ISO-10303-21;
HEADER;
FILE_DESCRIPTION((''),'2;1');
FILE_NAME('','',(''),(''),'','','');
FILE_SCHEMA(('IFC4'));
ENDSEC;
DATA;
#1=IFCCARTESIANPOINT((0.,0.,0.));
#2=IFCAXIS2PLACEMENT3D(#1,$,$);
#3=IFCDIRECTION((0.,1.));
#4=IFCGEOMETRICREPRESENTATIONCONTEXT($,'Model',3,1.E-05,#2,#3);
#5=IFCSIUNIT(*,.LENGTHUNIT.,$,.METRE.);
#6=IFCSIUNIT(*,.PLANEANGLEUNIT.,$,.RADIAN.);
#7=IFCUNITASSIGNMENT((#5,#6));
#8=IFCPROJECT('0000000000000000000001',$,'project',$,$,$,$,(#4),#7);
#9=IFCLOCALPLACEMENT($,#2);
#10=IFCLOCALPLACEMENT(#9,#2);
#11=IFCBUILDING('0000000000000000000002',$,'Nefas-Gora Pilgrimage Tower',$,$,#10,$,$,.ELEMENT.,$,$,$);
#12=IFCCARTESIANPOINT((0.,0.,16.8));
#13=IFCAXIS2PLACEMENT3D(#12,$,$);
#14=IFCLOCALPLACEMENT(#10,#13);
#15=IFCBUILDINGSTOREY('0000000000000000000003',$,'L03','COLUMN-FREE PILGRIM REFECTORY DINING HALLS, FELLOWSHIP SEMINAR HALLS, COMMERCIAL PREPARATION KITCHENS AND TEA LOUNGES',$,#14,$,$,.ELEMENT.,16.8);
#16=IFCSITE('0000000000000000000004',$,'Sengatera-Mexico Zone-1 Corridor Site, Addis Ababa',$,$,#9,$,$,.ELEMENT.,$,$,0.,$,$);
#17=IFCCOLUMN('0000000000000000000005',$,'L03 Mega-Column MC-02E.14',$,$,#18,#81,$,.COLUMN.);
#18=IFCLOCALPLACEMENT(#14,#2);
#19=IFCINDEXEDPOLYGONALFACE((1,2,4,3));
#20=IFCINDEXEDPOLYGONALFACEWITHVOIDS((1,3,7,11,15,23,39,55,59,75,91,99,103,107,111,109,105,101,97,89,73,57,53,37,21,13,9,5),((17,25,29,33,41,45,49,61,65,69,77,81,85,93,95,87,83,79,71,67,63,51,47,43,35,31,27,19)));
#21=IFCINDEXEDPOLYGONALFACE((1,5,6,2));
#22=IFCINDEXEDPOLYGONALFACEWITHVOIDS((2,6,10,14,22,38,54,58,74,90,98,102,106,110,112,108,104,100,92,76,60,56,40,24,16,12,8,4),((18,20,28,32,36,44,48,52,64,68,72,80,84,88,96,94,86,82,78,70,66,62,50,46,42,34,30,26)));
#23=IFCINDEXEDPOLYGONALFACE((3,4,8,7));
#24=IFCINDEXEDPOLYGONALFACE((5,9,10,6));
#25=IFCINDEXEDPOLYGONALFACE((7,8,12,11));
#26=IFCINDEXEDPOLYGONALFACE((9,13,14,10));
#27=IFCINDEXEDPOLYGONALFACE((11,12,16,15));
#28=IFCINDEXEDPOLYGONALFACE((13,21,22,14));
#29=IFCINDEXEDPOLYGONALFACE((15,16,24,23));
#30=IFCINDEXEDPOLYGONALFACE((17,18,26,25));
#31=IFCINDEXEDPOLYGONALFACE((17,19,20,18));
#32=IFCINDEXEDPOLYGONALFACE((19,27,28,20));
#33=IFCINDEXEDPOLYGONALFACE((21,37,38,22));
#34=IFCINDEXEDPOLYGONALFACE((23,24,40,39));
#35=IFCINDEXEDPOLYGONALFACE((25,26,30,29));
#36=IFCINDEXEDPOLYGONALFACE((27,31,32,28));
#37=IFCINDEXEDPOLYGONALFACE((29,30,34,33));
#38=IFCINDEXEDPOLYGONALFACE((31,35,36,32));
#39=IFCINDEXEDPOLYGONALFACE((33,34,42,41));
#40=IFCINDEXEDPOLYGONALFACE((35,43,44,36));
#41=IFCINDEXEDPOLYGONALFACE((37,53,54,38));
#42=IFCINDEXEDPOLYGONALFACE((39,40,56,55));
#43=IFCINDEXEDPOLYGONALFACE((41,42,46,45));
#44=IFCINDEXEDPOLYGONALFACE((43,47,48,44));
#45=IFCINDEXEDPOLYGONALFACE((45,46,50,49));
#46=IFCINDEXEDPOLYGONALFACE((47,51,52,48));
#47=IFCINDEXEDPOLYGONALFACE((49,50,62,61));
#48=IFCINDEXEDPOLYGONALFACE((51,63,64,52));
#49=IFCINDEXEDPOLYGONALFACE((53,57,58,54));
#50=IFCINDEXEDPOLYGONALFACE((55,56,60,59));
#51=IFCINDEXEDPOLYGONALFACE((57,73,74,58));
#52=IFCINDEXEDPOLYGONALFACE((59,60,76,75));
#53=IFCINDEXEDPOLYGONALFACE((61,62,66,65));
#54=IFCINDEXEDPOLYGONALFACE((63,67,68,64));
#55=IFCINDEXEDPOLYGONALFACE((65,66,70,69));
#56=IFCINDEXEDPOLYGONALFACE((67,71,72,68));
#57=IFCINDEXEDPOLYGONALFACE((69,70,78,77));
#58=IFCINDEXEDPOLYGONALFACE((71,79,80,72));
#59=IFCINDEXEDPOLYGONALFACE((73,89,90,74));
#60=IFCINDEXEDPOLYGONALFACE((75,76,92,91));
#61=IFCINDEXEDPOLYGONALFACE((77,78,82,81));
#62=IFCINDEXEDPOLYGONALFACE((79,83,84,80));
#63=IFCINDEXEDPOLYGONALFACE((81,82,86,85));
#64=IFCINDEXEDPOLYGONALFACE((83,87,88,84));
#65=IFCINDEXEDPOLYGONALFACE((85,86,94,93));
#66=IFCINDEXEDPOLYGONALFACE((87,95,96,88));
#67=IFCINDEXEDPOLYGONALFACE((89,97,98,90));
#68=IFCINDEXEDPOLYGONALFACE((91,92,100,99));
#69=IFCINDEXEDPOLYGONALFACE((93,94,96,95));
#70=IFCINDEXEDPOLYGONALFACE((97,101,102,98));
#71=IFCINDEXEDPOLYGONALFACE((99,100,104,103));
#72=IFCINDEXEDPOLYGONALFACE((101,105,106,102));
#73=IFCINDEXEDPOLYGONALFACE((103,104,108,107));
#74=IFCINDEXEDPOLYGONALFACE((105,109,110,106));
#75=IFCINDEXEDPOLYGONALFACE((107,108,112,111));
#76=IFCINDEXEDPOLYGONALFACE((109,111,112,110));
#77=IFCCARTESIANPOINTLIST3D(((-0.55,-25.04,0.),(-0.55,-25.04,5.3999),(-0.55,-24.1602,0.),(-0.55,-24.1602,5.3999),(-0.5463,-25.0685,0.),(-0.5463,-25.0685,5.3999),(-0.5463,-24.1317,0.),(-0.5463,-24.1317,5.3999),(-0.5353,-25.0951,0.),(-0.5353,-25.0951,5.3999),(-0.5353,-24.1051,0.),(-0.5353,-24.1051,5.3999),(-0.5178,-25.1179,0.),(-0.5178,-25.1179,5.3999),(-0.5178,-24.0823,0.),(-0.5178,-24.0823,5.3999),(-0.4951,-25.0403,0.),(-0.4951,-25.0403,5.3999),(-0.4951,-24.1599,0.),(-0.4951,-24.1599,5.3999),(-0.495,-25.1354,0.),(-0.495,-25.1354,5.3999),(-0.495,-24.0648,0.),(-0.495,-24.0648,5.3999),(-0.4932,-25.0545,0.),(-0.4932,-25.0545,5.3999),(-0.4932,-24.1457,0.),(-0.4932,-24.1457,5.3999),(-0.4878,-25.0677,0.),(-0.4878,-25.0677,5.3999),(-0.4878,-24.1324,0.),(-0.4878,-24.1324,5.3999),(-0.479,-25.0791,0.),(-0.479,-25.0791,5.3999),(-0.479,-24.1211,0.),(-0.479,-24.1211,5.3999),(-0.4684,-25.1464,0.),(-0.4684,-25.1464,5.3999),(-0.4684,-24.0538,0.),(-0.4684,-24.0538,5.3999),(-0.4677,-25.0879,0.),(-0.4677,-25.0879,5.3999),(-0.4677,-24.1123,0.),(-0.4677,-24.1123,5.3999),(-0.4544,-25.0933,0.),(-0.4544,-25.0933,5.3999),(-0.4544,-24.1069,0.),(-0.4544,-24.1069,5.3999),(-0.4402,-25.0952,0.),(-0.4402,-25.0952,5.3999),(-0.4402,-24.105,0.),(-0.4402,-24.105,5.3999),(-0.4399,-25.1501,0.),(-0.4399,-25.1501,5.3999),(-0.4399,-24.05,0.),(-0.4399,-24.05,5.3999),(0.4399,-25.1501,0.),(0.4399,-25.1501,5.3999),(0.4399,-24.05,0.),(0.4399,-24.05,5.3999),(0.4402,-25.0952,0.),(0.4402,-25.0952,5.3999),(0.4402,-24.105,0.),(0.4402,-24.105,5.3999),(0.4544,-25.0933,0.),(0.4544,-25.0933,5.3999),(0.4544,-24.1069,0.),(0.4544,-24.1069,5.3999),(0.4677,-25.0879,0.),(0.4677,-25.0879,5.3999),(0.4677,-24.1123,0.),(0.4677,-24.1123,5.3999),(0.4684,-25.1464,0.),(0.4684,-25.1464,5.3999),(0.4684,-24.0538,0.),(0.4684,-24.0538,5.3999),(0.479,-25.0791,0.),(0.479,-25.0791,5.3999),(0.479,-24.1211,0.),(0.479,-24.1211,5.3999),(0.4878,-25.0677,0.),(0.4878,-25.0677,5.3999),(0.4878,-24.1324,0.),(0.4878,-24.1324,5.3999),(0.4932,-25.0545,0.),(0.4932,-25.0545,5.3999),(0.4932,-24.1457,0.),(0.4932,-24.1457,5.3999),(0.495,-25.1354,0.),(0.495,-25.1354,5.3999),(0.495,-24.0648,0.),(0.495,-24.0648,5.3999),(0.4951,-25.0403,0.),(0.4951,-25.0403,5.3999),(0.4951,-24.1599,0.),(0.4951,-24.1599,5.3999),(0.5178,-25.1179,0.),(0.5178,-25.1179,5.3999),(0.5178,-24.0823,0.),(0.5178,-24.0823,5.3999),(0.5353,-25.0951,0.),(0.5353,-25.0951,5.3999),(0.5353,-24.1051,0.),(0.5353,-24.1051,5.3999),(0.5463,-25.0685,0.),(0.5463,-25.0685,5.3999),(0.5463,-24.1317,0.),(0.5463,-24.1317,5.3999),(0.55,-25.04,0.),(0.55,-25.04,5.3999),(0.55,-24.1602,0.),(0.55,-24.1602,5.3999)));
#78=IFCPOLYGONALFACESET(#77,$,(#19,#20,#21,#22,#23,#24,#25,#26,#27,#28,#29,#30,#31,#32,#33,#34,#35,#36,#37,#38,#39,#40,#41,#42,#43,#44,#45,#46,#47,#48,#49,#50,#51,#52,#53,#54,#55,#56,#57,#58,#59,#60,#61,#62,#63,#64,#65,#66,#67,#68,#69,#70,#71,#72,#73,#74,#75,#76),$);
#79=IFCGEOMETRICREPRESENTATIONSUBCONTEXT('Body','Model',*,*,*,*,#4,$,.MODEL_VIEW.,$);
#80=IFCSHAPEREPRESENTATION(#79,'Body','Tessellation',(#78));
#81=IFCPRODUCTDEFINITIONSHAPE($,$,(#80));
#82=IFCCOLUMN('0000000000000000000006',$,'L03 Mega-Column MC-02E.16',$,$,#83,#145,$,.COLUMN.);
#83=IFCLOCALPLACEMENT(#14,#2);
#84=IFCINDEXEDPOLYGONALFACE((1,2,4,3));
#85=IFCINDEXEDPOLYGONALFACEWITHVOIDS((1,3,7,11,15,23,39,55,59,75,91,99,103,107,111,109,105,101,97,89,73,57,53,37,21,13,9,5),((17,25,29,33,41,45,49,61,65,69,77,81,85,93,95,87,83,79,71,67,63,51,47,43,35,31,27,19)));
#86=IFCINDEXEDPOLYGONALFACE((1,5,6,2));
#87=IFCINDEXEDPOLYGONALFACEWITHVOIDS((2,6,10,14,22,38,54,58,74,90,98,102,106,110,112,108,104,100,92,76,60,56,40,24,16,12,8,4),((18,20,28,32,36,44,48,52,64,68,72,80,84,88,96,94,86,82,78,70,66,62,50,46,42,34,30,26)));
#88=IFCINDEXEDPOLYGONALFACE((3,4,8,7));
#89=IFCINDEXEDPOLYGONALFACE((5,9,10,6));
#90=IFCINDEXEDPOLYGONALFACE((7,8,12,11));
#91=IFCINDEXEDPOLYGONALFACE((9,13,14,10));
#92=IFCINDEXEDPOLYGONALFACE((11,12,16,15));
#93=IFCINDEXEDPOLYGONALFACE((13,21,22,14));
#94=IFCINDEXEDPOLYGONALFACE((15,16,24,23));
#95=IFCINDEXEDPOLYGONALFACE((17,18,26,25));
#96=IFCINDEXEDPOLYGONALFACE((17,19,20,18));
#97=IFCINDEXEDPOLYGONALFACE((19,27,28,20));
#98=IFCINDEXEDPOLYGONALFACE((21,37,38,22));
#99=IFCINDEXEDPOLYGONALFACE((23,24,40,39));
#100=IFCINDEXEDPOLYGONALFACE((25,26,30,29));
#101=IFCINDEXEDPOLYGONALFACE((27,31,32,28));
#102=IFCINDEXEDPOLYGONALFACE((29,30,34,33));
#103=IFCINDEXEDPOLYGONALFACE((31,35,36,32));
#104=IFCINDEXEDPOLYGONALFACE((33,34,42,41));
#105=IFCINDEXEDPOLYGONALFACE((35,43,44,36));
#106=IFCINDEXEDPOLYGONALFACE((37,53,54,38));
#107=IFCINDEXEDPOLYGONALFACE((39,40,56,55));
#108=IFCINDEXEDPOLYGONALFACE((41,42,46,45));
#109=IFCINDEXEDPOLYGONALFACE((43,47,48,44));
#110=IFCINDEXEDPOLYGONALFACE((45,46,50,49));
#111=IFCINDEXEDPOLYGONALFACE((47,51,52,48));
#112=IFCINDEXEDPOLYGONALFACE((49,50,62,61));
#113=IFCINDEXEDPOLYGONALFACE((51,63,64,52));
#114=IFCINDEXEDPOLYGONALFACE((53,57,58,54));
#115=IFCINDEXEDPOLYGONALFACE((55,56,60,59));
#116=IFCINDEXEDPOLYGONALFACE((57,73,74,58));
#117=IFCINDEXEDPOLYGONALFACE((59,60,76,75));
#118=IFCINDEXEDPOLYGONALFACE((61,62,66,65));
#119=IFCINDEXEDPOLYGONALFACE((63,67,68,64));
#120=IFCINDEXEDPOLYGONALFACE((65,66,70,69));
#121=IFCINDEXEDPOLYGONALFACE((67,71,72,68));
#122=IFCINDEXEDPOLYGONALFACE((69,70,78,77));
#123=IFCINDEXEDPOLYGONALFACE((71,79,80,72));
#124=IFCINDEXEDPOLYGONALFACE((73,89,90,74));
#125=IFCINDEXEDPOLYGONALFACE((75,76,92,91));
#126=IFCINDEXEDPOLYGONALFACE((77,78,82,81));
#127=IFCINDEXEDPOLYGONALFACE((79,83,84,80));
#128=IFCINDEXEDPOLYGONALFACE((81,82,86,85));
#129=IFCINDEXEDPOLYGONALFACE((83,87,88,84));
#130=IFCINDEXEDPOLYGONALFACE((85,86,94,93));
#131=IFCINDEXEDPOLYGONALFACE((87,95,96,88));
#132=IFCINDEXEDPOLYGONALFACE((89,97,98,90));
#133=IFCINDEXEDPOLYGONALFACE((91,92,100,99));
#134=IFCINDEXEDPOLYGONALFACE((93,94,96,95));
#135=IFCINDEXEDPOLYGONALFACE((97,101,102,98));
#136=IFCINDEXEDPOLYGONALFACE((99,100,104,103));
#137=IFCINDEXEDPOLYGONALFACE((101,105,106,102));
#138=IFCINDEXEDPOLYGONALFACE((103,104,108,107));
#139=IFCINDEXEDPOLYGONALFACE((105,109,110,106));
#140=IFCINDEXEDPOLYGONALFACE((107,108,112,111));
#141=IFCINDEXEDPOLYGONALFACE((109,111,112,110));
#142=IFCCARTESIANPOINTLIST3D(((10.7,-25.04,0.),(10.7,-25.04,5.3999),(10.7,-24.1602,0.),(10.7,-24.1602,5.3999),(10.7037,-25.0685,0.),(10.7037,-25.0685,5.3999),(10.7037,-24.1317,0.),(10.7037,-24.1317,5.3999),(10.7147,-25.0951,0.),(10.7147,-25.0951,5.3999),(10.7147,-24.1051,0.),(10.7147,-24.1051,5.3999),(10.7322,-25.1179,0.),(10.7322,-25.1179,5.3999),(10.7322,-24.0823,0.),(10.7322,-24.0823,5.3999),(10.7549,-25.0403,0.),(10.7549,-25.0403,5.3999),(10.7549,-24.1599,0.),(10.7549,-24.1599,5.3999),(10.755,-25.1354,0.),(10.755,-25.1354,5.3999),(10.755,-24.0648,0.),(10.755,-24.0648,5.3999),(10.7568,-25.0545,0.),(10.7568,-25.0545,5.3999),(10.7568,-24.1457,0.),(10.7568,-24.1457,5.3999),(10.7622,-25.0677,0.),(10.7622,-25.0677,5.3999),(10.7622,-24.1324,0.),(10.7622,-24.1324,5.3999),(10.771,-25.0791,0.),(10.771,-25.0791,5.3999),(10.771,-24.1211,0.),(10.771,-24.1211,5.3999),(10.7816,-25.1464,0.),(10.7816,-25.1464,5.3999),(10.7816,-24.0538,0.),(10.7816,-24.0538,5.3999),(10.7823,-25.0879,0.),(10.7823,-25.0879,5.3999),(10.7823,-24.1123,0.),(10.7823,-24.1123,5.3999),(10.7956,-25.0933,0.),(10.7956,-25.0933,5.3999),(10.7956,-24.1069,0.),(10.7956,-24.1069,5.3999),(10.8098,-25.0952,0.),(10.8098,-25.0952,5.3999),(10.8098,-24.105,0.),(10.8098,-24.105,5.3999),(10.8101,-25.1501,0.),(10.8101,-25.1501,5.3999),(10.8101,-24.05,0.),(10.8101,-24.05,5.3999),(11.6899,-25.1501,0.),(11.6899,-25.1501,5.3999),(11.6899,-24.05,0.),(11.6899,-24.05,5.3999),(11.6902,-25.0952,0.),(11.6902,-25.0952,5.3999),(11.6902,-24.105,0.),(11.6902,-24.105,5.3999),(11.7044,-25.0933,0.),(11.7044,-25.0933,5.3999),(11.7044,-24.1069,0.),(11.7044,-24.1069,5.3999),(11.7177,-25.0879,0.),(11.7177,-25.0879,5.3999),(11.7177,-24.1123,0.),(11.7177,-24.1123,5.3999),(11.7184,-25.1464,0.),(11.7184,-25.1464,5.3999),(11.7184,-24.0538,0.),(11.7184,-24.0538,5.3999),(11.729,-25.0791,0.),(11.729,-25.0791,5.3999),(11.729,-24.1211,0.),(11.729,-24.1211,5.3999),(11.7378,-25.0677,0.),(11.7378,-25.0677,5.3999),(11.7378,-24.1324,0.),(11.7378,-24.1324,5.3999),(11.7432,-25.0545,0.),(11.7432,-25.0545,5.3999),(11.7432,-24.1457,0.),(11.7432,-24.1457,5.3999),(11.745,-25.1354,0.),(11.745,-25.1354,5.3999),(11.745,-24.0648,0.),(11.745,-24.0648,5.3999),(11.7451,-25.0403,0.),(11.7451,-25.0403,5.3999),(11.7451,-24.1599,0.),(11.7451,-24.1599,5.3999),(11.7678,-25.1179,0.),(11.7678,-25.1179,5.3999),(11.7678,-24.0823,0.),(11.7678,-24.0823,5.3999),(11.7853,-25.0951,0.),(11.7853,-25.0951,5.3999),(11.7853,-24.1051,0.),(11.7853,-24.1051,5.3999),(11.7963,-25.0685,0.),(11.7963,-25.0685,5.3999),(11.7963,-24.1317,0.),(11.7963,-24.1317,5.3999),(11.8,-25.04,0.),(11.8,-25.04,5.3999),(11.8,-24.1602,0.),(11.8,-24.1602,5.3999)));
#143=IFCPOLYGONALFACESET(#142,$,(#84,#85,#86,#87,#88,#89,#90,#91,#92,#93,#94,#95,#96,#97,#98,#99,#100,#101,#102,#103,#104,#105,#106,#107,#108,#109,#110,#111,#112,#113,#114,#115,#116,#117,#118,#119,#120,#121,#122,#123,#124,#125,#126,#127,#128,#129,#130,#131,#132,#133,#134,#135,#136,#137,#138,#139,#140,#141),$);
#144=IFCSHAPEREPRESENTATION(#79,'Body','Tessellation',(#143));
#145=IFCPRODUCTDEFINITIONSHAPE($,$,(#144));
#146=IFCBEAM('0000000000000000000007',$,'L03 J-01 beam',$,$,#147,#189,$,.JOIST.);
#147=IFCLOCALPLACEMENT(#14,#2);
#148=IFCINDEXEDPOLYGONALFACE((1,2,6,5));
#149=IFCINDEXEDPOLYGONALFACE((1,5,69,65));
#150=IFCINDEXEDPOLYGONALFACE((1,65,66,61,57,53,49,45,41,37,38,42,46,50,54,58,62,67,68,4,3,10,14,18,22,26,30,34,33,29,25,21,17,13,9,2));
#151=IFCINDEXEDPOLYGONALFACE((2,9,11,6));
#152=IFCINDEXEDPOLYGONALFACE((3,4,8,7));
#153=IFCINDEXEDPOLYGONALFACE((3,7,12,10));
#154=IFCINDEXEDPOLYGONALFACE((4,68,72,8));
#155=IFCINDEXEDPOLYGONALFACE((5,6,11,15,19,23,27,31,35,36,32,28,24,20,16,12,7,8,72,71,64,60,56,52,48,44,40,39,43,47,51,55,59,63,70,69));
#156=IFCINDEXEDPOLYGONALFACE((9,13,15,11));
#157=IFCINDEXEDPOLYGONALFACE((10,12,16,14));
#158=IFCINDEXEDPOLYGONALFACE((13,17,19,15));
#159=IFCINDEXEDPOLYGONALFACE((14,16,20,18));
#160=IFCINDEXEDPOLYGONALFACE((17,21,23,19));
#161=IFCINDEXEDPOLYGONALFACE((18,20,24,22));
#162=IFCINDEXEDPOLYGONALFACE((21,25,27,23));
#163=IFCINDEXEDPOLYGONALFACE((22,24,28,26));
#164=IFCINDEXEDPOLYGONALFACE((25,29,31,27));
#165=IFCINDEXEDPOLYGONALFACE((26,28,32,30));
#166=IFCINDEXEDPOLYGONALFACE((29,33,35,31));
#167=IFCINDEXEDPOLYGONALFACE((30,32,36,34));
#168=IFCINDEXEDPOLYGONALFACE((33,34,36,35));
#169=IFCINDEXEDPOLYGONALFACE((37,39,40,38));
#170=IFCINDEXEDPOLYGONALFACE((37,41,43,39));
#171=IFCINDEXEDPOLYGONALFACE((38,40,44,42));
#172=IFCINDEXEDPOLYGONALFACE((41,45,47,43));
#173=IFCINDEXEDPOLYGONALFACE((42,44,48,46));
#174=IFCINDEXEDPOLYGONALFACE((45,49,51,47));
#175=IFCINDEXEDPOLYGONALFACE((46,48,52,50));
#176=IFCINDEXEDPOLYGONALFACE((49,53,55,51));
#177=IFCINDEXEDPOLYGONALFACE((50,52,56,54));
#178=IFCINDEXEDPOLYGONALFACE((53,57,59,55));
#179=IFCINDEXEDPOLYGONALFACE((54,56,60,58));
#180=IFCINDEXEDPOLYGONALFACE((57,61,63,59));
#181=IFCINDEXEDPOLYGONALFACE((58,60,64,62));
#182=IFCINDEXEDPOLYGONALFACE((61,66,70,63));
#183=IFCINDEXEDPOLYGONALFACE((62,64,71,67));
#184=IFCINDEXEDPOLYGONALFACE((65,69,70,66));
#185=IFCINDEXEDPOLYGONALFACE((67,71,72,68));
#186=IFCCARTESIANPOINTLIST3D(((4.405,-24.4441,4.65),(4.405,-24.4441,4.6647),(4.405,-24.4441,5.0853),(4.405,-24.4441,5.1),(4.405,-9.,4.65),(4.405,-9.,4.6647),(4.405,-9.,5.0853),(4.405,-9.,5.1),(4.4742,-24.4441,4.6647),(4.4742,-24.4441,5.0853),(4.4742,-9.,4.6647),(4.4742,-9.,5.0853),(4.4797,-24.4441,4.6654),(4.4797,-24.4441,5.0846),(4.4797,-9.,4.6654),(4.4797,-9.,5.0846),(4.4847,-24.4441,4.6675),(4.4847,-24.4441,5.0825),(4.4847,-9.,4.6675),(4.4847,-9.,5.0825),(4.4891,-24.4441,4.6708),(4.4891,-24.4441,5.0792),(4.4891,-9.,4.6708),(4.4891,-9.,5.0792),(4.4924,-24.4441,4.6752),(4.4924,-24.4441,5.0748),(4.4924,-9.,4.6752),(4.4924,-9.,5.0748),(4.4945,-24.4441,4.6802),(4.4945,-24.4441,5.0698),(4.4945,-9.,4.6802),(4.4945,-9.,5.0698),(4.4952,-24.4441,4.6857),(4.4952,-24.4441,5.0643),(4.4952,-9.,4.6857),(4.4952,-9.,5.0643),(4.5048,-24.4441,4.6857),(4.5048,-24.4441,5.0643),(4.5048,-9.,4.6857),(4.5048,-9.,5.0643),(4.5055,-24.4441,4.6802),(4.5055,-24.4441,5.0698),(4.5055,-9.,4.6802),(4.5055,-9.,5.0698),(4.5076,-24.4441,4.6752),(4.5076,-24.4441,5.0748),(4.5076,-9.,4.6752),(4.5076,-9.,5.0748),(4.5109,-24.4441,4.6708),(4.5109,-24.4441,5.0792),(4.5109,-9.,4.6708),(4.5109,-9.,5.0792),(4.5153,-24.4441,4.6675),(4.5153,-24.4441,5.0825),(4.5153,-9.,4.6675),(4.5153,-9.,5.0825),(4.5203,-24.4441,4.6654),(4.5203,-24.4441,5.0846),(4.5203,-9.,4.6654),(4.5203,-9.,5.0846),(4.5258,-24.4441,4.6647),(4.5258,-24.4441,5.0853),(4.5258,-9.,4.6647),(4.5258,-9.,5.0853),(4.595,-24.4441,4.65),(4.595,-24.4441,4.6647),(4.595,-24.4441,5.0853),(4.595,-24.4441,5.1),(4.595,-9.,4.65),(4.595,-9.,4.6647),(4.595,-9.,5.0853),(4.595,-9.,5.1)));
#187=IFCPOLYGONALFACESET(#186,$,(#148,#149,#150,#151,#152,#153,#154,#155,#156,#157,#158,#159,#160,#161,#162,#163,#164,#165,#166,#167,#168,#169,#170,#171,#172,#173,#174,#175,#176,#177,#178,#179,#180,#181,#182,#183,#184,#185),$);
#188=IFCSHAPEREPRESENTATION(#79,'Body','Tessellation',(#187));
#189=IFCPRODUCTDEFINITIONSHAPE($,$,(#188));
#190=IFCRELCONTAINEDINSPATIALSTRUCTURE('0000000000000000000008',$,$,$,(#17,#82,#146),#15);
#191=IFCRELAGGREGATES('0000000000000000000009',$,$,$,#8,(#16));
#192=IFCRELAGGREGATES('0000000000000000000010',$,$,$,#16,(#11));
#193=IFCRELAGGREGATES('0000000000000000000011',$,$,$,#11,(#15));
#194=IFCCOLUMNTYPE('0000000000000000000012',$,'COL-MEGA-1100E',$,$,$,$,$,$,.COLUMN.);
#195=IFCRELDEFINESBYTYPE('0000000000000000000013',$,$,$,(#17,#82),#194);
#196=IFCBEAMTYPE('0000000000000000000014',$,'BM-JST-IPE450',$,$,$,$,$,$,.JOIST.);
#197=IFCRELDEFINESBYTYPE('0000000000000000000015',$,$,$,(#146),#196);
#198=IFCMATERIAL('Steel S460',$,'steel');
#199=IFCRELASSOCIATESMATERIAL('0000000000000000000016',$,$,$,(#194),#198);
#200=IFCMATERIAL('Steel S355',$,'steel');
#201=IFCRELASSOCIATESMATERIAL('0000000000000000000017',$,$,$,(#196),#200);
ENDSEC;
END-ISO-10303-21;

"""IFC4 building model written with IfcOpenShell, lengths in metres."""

from ifc_helpers import new_model, si_unit, direction, frame, origin, origin_2d, place, context, subcontext, project, spatial, hollow_rectangle, i_section, extrude, source, transform, mapped, material, material_profile, profile_set, type_object, element, save


model = new_model("IFC4")

# Units and contexts
model_context = context("Model", 3, precision=1e-05, world=origin(), true_north=direction((0.0, 1.0)))
body_context = subcontext(model_context, "Body", "Model", "MODEL_VIEW")
ifc_project = project(units=[si_unit("LENGTHUNIT", "METRE"), si_unit("PLANEANGLEUNIT", "RADIAN")], contexts=[model_context])

# Site, building, storey
site_placement = place(None, origin())
site = spatial("IfcSite", under=ifc_project, at=site_placement, Name="Sengatera-Mexico Zone-1 Corridor Site, Addis Ababa", CompositionType="ELEMENT", RefElevation=0.0)
building_placement = place(site_placement, origin())
building = spatial("IfcBuilding", under=site, at=building_placement, Name="Nefas-Gora Pilgrimage Tower", CompositionType="ELEMENT")
storey_placement = place(building_placement, frame((0.0, 0.0, 16.8)))
storey = spatial("IfcBuildingStorey", under=building, at=storey_placement, Name="L03", Description="COLUMN-FREE PILGRIM REFECTORY DINING HALLS, FELLOWSHIP SEMINAR HALLS, COMMERCIAL PREPARATION KITCHENS AND TEA LOUNGES", CompositionType="ELEMENT", Elevation=16.8)

# Columns
ifc_material_1 = material(Name="Steel S460", Category="steel")
ifc_material_profile_1 = material_profile(ifc_material_1, hollow_rectangle(XDim=1.1001, YDim=1.1001, WallThickness=0.0549, InnerFilletRadius=0.0549, OuterFilletRadius=0.1101, at=origin_2d()), Name="BOX 1100x1100x55")
ifc_profile_set_1 = profile_set([ifc_material_profile_1], Name="Steel S460")
column_type = type_object("IfcColumnType", Name="COL-MEGA-1100E", PredefinedType="COLUMN", material=ifc_profile_set_1)
shared_shape_1 = source(origin(), body_context, "Body", "SweptSolid", [
    extrude(hollow_rectangle(XDim=1.1001, YDim=1.1001, WallThickness=0.0549, InnerFilletRadius=0.0549, OuterFilletRadius=0.1101, at=origin_2d()), origin(), (0.0, 0.0, 1.0), 5.3999),
])
for number, where, z_axis, x_axis, name in (
    (1, (0.0, -24.6001, 0.0), (0.0, 0.0, 1.0), (1.0, 0.0, 0.0), "L03 Mega-Column MC-02E.14"),
    (2, (11.25, -24.6001, 0.0), (0.0, 0.0, 1.0), (1.0, 0.0, 0.0), "L03 Mega-Column MC-02E.16"),
):
    element("IfcColumn", number, at=place(storey_placement, frame(where, z_axis=z_axis, x_axis=x_axis)), inside=storey, type_object=column_type, Name=name, PredefinedType="COLUMN", context=body_context, shape_type="MappedRepresentation", body=[
        mapped(shared_shape_1, transform((0.0, 0.0, 0.0), x_axis=(1.0, 0.0, 0.0), y_axis=(0.0, 1.0, 0.0), z_axis=(0.0, 0.0, 1.0), scale=1.0)),
    ])

# Beam
ifc_material_2 = material(Name="Steel S355", Category="steel")
ifc_material_profile_2 = material_profile(ifc_material_2, i_section(OverallWidth=0.1899, OverallDepth=0.45, WebThickness=0.0095, FlangeThickness=0.0146, FilletRadius=0.021, at=origin_2d()), Name="IPE 450")
ifc_profile_set_2 = profile_set([ifc_material_profile_2], Name="Steel S355")
beam_type_1 = type_object("IfcBeamType", Name="BM-JST-IPE450", PredefinedType="JOIST", material=ifc_profile_set_2)
shared_shape_2 = source(origin(), body_context, "Body", "SweptSolid", [
    extrude(i_section(OverallWidth=0.1899, OverallDepth=0.45, WebThickness=0.0095, FlangeThickness=0.0146, FilletRadius=0.021, at=origin_2d()), origin(), (0.0, 0.0, 1.0), 15.4441),
])
beam_1_placement = place(storey_placement, frame((4.5, -24.4441, 4.875), z_axis=(0.0, 1.0, 0.0), x_axis=(-1.0, 0.0, 0.0)))
element("IfcBeam", 3, at=beam_1_placement, inside=storey, type_object=beam_type_1, Name="L03 J-01 beam", PredefinedType="JOIST", context=body_context, shape_type="MappedRepresentation", body=[
    mapped(shared_shape_2, transform((0.0, 0.0, 0.0), x_axis=(1.0, 0.0, 0.0), y_axis=(0.0, 1.0, 0.0), z_axis=(0.0, 0.0, 1.0), scale=1.0)),
])

save(model, "model.ifc")
